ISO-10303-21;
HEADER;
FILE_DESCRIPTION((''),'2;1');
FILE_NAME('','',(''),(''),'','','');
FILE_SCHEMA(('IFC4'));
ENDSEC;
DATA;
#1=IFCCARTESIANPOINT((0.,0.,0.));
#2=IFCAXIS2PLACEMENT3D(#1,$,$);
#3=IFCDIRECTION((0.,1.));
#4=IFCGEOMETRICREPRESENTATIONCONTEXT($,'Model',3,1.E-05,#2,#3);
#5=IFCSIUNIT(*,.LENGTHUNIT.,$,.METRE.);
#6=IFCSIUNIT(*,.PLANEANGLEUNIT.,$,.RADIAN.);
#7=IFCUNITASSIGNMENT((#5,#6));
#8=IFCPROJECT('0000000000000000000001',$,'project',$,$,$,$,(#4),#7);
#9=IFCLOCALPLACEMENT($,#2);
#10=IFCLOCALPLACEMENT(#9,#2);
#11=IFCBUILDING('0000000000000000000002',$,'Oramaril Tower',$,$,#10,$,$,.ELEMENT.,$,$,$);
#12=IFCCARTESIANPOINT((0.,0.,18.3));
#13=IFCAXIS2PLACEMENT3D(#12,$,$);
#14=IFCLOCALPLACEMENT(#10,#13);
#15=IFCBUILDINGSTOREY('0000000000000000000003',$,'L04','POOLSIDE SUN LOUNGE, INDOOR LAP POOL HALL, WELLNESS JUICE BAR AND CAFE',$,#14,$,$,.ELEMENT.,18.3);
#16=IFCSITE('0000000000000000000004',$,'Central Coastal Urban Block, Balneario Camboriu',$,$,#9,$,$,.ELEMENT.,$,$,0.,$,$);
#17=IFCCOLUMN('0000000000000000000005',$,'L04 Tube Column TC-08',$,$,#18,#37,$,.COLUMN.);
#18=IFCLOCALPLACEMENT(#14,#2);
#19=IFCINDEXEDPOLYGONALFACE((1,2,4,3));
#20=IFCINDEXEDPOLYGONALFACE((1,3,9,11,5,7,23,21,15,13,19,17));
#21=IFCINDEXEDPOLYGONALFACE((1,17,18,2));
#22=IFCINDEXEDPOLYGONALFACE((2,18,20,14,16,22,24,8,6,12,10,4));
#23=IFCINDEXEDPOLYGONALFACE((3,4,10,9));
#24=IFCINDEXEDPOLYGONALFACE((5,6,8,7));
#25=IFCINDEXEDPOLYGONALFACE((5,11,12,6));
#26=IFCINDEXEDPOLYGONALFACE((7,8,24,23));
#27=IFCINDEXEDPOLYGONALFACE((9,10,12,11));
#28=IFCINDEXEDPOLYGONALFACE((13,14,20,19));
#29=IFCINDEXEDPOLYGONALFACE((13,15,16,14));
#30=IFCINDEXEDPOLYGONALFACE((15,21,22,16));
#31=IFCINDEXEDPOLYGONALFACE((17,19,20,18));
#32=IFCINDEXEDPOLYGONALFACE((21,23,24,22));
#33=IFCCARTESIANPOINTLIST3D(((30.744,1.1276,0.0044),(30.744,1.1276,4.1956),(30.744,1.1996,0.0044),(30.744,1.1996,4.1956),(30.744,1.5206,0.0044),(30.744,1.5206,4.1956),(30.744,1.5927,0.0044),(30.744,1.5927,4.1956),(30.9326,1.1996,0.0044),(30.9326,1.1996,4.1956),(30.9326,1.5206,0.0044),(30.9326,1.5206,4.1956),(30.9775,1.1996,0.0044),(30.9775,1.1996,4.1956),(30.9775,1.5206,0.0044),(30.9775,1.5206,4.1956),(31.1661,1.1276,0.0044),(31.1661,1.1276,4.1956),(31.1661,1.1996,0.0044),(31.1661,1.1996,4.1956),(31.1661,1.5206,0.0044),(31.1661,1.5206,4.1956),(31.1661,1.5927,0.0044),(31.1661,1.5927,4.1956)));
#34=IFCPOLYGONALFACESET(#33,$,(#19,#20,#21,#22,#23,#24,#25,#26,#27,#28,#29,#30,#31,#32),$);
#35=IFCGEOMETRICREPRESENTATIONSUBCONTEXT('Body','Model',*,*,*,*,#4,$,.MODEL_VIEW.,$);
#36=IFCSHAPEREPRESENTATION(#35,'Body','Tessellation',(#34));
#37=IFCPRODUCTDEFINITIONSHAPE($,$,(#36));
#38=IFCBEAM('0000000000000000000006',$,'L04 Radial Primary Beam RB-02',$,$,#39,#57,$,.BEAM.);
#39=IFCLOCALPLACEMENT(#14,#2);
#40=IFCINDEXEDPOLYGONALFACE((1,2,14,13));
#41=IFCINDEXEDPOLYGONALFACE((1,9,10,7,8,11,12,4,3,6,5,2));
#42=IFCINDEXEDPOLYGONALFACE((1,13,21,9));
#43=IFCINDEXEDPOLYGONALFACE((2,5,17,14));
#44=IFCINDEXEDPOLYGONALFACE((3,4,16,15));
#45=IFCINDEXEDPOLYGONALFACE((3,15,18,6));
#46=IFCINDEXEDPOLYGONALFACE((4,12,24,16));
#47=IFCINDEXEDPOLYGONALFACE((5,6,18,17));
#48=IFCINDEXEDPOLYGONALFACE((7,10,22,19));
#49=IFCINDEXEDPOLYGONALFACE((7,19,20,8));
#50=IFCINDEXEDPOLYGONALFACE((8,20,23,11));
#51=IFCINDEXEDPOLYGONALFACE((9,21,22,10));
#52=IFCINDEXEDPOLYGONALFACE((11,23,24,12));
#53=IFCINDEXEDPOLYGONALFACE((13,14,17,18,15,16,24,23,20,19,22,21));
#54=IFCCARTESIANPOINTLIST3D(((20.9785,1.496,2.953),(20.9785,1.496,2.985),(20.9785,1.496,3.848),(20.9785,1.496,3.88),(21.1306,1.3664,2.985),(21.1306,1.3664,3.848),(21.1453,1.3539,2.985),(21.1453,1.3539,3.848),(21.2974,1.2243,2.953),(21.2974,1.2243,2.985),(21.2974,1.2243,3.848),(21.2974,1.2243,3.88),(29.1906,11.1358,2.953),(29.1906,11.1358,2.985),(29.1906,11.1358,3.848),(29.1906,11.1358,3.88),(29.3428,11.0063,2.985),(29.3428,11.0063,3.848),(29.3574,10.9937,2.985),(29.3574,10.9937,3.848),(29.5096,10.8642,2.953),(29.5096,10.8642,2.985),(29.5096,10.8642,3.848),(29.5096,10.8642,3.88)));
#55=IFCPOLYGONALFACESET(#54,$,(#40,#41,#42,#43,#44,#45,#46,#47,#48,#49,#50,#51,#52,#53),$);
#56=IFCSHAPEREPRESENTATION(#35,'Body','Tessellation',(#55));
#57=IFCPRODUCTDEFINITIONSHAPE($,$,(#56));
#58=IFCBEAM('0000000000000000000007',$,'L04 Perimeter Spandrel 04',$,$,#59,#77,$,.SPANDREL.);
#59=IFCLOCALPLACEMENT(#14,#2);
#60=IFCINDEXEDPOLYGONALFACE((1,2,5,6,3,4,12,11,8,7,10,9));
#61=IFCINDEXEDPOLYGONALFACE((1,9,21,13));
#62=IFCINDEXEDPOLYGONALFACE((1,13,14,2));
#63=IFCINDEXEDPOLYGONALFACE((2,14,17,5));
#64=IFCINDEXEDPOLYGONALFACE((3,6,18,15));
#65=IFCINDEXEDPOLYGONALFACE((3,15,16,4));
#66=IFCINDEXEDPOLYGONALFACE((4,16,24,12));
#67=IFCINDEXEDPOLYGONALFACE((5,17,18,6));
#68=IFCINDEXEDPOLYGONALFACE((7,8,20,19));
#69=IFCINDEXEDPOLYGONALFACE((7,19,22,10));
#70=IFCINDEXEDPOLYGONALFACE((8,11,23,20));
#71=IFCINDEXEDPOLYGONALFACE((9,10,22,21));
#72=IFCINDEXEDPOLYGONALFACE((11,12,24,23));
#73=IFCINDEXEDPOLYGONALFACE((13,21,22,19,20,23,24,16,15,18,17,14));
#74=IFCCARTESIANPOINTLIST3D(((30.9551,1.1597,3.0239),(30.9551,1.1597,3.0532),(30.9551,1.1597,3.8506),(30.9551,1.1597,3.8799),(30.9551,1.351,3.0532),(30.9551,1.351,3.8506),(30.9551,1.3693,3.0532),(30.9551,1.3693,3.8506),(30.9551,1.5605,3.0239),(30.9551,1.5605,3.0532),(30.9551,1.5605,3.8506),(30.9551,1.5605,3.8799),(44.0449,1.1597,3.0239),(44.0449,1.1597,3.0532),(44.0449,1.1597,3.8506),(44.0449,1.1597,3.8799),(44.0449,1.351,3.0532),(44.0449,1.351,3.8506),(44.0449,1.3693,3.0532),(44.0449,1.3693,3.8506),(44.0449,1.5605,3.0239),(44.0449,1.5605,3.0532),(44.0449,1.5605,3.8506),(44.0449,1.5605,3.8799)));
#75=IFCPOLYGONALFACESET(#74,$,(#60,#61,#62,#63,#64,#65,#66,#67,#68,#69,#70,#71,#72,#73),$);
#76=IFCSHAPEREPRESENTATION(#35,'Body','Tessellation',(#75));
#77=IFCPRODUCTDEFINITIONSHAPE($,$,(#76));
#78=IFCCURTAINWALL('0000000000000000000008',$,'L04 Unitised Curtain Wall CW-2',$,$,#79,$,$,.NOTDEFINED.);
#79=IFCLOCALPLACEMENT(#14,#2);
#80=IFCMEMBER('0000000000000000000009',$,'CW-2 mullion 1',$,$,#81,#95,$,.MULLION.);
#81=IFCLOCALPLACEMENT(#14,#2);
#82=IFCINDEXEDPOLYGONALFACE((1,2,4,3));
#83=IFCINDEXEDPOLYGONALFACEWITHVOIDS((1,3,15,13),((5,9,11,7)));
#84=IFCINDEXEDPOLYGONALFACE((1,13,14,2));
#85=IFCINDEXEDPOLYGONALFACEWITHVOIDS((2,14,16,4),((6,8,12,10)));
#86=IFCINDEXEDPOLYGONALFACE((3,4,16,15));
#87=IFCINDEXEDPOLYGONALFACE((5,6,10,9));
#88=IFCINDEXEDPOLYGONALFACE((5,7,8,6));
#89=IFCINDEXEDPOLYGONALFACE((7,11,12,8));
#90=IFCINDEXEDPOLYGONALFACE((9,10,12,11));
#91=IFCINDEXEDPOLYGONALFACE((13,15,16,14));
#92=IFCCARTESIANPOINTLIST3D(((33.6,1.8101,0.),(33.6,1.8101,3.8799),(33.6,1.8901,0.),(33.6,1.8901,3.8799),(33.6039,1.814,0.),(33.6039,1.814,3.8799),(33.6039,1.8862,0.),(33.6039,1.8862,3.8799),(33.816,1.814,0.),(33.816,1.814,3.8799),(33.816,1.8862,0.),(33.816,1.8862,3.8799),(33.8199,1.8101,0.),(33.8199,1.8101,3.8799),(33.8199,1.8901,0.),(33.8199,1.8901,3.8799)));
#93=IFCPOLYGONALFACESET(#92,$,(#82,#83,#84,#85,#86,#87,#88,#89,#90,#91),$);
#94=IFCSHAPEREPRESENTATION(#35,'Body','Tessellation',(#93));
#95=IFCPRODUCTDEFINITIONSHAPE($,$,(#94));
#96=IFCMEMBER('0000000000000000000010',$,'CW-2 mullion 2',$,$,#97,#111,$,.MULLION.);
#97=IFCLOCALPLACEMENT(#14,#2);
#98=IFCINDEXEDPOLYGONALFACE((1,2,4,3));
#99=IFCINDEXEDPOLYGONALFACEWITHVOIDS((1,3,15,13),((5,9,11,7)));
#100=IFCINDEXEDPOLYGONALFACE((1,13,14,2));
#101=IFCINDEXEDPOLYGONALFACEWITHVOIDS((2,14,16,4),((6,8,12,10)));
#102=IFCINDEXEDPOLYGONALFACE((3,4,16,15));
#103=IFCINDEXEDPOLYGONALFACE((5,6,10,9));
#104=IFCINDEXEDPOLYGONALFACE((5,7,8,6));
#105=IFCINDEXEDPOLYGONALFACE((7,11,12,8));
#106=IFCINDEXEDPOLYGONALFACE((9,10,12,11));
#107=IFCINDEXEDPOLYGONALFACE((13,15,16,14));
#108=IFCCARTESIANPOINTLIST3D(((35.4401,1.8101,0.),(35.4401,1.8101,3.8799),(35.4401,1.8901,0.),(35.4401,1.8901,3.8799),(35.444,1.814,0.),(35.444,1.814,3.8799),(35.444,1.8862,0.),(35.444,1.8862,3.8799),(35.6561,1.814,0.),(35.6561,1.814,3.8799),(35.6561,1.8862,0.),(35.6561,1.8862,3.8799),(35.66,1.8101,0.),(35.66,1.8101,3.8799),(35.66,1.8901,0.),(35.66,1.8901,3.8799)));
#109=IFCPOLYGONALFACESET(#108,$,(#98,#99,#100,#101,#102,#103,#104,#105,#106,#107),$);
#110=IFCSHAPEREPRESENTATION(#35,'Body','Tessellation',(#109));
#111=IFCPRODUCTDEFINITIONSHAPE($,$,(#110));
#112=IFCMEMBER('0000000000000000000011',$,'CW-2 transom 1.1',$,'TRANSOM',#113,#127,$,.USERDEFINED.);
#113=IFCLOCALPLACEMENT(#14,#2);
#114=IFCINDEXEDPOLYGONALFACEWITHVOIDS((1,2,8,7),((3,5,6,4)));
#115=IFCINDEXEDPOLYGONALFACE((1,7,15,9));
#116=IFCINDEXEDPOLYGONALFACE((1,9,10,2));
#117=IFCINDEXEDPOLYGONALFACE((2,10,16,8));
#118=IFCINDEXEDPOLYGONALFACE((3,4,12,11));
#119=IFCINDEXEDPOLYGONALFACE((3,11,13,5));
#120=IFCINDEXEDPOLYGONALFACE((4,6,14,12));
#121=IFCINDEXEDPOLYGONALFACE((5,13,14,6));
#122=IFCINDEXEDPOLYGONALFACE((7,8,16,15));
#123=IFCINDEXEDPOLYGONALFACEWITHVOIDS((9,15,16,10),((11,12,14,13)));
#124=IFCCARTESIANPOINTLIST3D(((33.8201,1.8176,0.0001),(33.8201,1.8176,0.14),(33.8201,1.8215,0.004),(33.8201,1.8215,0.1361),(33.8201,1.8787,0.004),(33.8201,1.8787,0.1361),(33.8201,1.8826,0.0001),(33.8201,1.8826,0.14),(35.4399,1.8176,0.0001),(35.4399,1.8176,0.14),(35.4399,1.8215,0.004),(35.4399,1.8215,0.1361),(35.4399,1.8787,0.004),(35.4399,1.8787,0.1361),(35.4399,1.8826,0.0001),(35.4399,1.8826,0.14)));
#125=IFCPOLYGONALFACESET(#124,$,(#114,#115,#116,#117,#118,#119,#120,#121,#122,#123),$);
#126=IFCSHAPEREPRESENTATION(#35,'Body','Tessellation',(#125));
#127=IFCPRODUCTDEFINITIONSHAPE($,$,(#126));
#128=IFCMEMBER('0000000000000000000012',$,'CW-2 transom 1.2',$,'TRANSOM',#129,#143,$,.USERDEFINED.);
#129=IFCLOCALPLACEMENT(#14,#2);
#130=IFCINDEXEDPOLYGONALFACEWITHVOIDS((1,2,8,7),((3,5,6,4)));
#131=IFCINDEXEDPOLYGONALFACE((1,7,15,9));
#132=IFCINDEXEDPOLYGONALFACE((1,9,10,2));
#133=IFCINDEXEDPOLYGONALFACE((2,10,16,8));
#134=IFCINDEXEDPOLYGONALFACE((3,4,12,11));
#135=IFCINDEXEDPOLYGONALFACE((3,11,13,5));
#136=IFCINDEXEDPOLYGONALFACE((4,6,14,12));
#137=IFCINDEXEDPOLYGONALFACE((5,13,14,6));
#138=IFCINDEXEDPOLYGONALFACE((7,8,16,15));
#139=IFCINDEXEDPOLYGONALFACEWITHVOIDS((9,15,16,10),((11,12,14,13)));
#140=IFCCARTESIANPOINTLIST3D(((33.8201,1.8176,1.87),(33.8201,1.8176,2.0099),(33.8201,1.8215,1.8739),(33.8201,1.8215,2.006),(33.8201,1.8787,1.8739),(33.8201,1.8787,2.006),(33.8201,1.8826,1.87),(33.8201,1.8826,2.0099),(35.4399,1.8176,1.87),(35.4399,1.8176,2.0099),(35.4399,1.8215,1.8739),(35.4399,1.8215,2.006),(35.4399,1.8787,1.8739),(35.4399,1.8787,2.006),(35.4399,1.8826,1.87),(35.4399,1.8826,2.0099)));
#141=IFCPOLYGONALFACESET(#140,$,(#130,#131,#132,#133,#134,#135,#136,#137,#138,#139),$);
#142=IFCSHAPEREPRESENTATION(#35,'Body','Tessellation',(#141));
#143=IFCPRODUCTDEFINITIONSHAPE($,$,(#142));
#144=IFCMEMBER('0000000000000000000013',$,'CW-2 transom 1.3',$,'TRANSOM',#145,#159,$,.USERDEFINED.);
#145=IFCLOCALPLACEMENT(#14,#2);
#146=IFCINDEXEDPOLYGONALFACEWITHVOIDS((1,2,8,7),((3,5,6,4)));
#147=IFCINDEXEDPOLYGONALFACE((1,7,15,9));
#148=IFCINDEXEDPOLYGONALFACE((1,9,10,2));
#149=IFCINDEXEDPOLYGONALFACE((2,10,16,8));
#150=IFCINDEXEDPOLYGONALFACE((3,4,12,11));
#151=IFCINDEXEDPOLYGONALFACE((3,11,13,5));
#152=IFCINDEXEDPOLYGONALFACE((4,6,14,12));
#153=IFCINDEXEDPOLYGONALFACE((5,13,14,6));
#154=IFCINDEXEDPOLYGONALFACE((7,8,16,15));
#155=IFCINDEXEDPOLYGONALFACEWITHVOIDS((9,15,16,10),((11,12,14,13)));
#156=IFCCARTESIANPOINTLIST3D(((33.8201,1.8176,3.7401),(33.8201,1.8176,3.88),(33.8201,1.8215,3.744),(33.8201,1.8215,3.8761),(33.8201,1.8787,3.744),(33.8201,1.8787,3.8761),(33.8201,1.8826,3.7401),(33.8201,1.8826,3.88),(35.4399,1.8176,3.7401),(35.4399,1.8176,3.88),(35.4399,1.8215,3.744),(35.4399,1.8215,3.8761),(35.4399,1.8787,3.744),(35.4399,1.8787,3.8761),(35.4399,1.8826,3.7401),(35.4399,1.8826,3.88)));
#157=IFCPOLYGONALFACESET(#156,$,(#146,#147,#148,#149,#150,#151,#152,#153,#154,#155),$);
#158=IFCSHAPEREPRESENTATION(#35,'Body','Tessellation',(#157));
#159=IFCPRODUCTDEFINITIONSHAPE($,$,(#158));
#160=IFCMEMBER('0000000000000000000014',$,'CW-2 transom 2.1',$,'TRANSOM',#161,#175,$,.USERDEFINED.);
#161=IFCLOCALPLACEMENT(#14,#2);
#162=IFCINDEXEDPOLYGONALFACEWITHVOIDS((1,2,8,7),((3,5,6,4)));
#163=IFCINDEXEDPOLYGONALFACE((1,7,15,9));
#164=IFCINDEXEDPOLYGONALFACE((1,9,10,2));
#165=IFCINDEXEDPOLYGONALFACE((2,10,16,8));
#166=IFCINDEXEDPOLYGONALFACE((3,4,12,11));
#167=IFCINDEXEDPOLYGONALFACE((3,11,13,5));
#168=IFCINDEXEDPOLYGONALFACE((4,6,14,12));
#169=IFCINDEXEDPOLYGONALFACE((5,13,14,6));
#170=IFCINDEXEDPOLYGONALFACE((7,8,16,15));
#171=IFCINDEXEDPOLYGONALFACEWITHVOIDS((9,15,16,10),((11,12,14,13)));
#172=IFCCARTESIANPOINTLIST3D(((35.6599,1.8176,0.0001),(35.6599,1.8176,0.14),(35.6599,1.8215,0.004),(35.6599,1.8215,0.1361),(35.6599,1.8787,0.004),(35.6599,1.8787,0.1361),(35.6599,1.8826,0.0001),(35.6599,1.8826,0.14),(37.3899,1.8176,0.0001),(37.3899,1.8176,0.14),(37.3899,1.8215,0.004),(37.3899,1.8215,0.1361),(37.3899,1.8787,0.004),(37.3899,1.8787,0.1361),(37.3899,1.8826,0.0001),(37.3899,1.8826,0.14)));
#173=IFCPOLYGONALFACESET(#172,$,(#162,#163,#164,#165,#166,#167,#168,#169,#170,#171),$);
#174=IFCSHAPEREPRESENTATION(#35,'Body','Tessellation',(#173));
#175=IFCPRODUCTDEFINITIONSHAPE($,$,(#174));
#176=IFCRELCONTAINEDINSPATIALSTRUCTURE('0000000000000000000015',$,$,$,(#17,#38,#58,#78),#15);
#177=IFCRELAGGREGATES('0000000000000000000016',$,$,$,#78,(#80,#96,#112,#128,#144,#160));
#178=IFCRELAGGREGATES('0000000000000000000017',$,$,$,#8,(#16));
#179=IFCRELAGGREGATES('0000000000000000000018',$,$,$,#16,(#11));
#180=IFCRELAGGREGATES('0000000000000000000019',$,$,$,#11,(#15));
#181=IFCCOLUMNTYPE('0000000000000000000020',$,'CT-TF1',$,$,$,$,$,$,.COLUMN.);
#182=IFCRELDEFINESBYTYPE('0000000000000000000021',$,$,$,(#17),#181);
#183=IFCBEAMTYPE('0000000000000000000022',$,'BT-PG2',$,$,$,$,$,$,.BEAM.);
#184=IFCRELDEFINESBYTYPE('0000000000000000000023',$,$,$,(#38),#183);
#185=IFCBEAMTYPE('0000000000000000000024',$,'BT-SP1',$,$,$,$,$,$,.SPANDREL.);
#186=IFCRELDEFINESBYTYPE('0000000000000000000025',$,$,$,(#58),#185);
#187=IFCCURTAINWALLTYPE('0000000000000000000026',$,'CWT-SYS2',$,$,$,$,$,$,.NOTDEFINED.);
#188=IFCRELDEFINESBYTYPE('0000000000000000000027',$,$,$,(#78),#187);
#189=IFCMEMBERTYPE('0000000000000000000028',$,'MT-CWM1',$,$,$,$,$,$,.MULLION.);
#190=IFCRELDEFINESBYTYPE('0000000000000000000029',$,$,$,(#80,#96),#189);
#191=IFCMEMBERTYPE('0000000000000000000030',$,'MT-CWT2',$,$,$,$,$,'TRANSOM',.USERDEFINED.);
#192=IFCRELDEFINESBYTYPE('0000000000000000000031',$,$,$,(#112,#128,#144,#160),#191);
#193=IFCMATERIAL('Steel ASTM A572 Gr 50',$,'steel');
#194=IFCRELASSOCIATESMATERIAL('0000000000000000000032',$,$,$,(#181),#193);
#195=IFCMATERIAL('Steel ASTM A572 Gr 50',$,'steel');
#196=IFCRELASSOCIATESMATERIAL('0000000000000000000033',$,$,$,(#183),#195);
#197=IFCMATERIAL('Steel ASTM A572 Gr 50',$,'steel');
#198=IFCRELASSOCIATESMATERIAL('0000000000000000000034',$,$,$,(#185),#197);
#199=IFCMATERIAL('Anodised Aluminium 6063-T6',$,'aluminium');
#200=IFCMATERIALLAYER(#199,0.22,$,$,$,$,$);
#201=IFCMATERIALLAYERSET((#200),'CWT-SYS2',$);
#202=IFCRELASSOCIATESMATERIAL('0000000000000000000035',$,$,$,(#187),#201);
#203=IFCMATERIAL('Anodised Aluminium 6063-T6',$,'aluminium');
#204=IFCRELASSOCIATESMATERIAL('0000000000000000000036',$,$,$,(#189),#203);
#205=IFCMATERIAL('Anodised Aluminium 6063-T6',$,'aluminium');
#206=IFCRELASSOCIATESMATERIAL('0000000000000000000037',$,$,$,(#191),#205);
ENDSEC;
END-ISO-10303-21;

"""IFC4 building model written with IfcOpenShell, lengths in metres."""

from ifc_helpers import new_model, si_unit, direction, frame, origin, origin_2d, place, context, subcontext, project, spatial, hollow_rectangle, i_section, extrude, material, layer, layer_set, material_profile, profile_set, type_object, element, aggregate, save


model = new_model("IFC4")

# Units and contexts
model_context = context("Model", 3, precision=1e-05, world=origin(), true_north=direction((0.0, 1.0)))
body_context = subcontext(model_context, "Body", "Model", "MODEL_VIEW")
ifc_project = project(units=[si_unit("LENGTHUNIT", "METRE"), si_unit("PLANEANGLEUNIT", "RADIAN")], contexts=[model_context])

# Site, building, storey
site_placement = place(None, origin())
site = spatial("IfcSite", under=ifc_project, at=site_placement, Name="Central Coastal Urban Block, Balneario Camboriu", CompositionType="ELEMENT", RefElevation=0.0)
building_placement = place(site_placement, origin())
building = spatial("IfcBuilding", under=site, at=building_placement, Name="Oramaril Tower", CompositionType="ELEMENT")
storey_placement = place(building_placement, frame((0.0, 0.0, 18.3)))
storey = spatial("IfcBuildingStorey", under=building, at=storey_placement, Name="L04", Description="POOLSIDE SUN LOUNGE, INDOOR LAP POOL HALL, WELLNESS JUICE BAR AND CAFE", CompositionType="ELEMENT", Elevation=18.3)

# Column
ifc_material_1 = material(Name="Steel ASTM A572 Gr 50", Category="steel")
ifc_material_profile_1 = material_profile(ifc_material_1, i_section(OverallWidth=0.4221, OverallDepth=0.4651, WebThickness=0.0449, FlangeThickness=0.072, at=origin_2d()), Name="W14X398")
ifc_profile_set_1 = profile_set([ifc_material_profile_1], Name="Steel ASTM A572 Gr 50")
column_type = type_object("IfcColumnType", Name="CT-TF1", PredefinedType="COLUMN", material=ifc_profile_set_1)
column_placement = place(storey_placement, frame((30.9551, 1.3601, 0.0044), z_axis=(0.0, 0.0, 1.0), x_axis=(1.0, 0.0, 0.0)))
element("IfcColumn", 1, at=column_placement, inside=storey, type_object=column_type, Name="L04 Tube Column TC-08", PredefinedType="COLUMN", context=body_context, shape_type="SweptSolid", body=[
    extrude(i_section(OverallWidth=0.4221, OverallDepth=0.4651, WebThickness=0.0449, FlangeThickness=0.072, at=origin_2d()), origin(), (0.0, 0.0, 1.0), 4.1912),
])

# Beams
ifc_material_2 = material(Name="Steel ASTM A572 Gr 50", Category="steel")
ifc_material_profile_2 = material_profile(ifc_material_2, i_section(OverallWidth=0.4189, OverallDepth=0.927, WebThickness=0.0193, FlangeThickness=0.032, at=origin_2d()), Name="W36X231")
ifc_profile_set_2 = profile_set([ifc_material_profile_2], Name="Steel ASTM A572 Gr 50")
beam_type_1 = type_object("IfcBeamType", Name="BT-PG2", PredefinedType="BEAM", material=ifc_profile_set_2)
beam_1_placement = place(storey_placement, frame((29.3501, 11.0, 3.4165), z_axis=(-0.648485, -0.761228, 0.0), x_axis=(0.761228, -0.648485, 0.0)))
element("IfcBeam", 2, at=beam_1_placement, inside=storey, type_object=beam_type_1, Name="L04 Radial Primary Beam RB-02", PredefinedType="BEAM", context=body_context, shape_type="SweptSolid", body=[
    extrude(i_section(OverallWidth=0.4189, OverallDepth=0.927, WebThickness=0.0193, FlangeThickness=0.032, at=origin_2d()), origin(), (0.0, 0.0, 1.0), 12.6636),
])
ifc_material_3 = material(Name="Steel ASTM A572 Gr 50", Category="steel")
ifc_material_profile_3 = material_profile(ifc_material_3, i_section(OverallWidth=0.4009, OverallDepth=0.856, WebThickness=0.0183, FlangeThickness=0.0293, at=origin_2d()), Name="W33X201")
ifc_profile_set_3 = profile_set([ifc_material_profile_3], Name="Steel ASTM A572 Gr 50")
beam_type_2 = type_object("IfcBeamType", Name="BT-SP1", PredefinedType="SPANDREL", material=ifc_profile_set_3)
beam_2_placement = place(storey_placement, frame((30.9551, 1.3601, 3.4519), z_axis=(1.0, 0.0, 0.0), x_axis=(0.0, 1.0, 0.0)))
element("IfcBeam", 3, at=beam_2_placement, inside=storey, type_object=beam_type_2, Name="L04 Perimeter Spandrel 04", PredefinedType="SPANDREL", context=body_context, shape_type="SweptSolid", body=[
    extrude(i_section(OverallWidth=0.4009, OverallDepth=0.856, WebThickness=0.0183, FlangeThickness=0.0293, at=origin_2d()), origin(), (0.0, 0.0, 1.0), 13.0898),
])

# Curtain wall, members
ifc_material_4 = material(Name="Anodised Aluminium 6063-T6", Category="aluminium")
ifc_layer_1 = layer(ifc_material_4, 0.22)
ifc_layer_set_1 = layer_set([ifc_layer_1], Name="CWT-SYS2")
curtain_wall_type = type_object("IfcCurtainWallType", Name="CWT-SYS2", PredefinedType="NOTDEFINED", material=ifc_layer_set_1)
curtain_wall_placement = place(storey_placement, origin())
curtain_wall = element("IfcCurtainWall", 4, at=curtain_wall_placement, inside=storey, type_object=curtain_wall_type, Name="L04 Unitised Curtain Wall CW-2", PredefinedType="NOTDEFINED")
ifc_material_5 = material(Name="Anodised Aluminium 6063-T6", Category="aluminium")
ifc_material_profile_4 = material_profile(ifc_material_5, hollow_rectangle(XDim=0.0801, YDim=0.22, WallThickness=0.0039, at=origin_2d()), Name="CWM220X80")
ifc_profile_set_4 = profile_set([ifc_material_profile_4], Name="Anodised Aluminium 6063-T6")
member_type_1 = type_object("IfcMemberType", Name="MT-CWM1", PredefinedType="MULLION", material=ifc_profile_set_4)
member_1_placement = place(storey_placement, frame((33.71, 1.8501, 0.0), z_axis=(0.0, 0.0, 1.0), x_axis=(0.0, 1.0, 0.0)))
member_1 = element("IfcMember", 5, at=member_1_placement, type_object=member_type_1, Name="CW-2 mullion 1", PredefinedType="MULLION", context=body_context, shape_type="SweptSolid", body=[
    extrude(hollow_rectangle(XDim=0.0801, YDim=0.22, WallThickness=0.0039, at=origin_2d()), origin(), (0.0, 0.0, 1.0), 3.8799),
])
member_2_placement = place(storey_placement, frame((35.55, 1.8501, 0.0), z_axis=(0.0, 0.0, 1.0), x_axis=(0.0, 1.0, 0.0)))
member_2 = element("IfcMember", 6, at=member_2_placement, type_object=member_type_1, Name="CW-2 mullion 2", PredefinedType="MULLION", context=body_context, shape_type="SweptSolid", body=[
    extrude(hollow_rectangle(XDim=0.0801, YDim=0.22, WallThickness=0.0039, at=origin_2d()), origin(), (0.0, 0.0, 1.0), 3.8799),
])
ifc_material_6 = material(Name="Anodised Aluminium 6063-T6", Category="aluminium")
ifc_material_profile_5 = material_profile(ifc_material_6, hollow_rectangle(XDim=0.0649, YDim=0.1399, WallThickness=0.0039, at=origin_2d()), Name="CWT140X65")
ifc_profile_set_5 = profile_set([ifc_material_profile_5], Name="Anodised Aluminium 6063-T6")
member_type_2 = type_object("IfcMemberType", Name="MT-CWT2", ElementType="TRANSOM", PredefinedType="USERDEFINED", material=ifc_profile_set_5)
member_3_placement = place(storey_placement, frame((33.8201, 1.8501, 0.0701), z_axis=(1.0, 0.0, 0.0), x_axis=(0.0, 1.0, 0.0)))
member_3 = element("IfcMember", 7, at=member_3_placement, type_object=member_type_2, Name="CW-2 transom 1.1", ObjectType="TRANSOM", PredefinedType="USERDEFINED", context=body_context, shape_type="SweptSolid", body=[
    extrude(hollow_rectangle(XDim=0.0649, YDim=0.1399, WallThickness=0.0039, at=origin_2d()), origin(), (0.0, 0.0, 1.0), 1.6199),
])
member_4_placement = place(storey_placement, frame((33.8201, 1.8501, 1.9399), z_axis=(1.0, 0.0, 0.0), x_axis=(0.0, 1.0, 0.0)))
member_4 = element("IfcMember", 8, at=member_4_placement, type_object=member_type_2, Name="CW-2 transom 1.2", ObjectType="TRANSOM", PredefinedType="USERDEFINED", context=body_context, shape_type="SweptSolid", body=[
    extrude(hollow_rectangle(XDim=0.0649, YDim=0.1399, WallThickness=0.0039, at=origin_2d()), origin(), (0.0, 0.0, 1.0), 1.6199),
])
member_5_placement = place(storey_placement, frame((33.8201, 1.8501, 3.8101), z_axis=(1.0, 0.0, 0.0), x_axis=(0.0, 1.0, 0.0)))
member_5 = element("IfcMember", 9, at=member_5_placement, type_object=member_type_2, Name="CW-2 transom 1.3", ObjectType="TRANSOM", PredefinedType="USERDEFINED", context=body_context, shape_type="SweptSolid", body=[
    extrude(hollow_rectangle(XDim=0.0649, YDim=0.1399, WallThickness=0.0039, at=origin_2d()), origin(), (0.0, 0.0, 1.0), 1.6199),
])
member_6_placement = place(storey_placement, frame((35.6599, 1.8501, 0.0701), z_axis=(1.0, 0.0, 0.0), x_axis=(0.0, 1.0, 0.0)))
member_6 = element("IfcMember", 10, at=member_6_placement, type_object=member_type_2, Name="CW-2 transom 2.1", ObjectType="TRANSOM", PredefinedType="USERDEFINED", context=body_context, shape_type="SweptSolid", body=[
    extrude(hollow_rectangle(XDim=0.0649, YDim=0.1399, WallThickness=0.0039, at=origin_2d()), origin(), (0.0, 0.0, 1.0), 1.73),
])
aggregate(curtain_wall, [member_1, member_2, member_3, member_4, member_5, member_6])

save(model, "model.ifc")
